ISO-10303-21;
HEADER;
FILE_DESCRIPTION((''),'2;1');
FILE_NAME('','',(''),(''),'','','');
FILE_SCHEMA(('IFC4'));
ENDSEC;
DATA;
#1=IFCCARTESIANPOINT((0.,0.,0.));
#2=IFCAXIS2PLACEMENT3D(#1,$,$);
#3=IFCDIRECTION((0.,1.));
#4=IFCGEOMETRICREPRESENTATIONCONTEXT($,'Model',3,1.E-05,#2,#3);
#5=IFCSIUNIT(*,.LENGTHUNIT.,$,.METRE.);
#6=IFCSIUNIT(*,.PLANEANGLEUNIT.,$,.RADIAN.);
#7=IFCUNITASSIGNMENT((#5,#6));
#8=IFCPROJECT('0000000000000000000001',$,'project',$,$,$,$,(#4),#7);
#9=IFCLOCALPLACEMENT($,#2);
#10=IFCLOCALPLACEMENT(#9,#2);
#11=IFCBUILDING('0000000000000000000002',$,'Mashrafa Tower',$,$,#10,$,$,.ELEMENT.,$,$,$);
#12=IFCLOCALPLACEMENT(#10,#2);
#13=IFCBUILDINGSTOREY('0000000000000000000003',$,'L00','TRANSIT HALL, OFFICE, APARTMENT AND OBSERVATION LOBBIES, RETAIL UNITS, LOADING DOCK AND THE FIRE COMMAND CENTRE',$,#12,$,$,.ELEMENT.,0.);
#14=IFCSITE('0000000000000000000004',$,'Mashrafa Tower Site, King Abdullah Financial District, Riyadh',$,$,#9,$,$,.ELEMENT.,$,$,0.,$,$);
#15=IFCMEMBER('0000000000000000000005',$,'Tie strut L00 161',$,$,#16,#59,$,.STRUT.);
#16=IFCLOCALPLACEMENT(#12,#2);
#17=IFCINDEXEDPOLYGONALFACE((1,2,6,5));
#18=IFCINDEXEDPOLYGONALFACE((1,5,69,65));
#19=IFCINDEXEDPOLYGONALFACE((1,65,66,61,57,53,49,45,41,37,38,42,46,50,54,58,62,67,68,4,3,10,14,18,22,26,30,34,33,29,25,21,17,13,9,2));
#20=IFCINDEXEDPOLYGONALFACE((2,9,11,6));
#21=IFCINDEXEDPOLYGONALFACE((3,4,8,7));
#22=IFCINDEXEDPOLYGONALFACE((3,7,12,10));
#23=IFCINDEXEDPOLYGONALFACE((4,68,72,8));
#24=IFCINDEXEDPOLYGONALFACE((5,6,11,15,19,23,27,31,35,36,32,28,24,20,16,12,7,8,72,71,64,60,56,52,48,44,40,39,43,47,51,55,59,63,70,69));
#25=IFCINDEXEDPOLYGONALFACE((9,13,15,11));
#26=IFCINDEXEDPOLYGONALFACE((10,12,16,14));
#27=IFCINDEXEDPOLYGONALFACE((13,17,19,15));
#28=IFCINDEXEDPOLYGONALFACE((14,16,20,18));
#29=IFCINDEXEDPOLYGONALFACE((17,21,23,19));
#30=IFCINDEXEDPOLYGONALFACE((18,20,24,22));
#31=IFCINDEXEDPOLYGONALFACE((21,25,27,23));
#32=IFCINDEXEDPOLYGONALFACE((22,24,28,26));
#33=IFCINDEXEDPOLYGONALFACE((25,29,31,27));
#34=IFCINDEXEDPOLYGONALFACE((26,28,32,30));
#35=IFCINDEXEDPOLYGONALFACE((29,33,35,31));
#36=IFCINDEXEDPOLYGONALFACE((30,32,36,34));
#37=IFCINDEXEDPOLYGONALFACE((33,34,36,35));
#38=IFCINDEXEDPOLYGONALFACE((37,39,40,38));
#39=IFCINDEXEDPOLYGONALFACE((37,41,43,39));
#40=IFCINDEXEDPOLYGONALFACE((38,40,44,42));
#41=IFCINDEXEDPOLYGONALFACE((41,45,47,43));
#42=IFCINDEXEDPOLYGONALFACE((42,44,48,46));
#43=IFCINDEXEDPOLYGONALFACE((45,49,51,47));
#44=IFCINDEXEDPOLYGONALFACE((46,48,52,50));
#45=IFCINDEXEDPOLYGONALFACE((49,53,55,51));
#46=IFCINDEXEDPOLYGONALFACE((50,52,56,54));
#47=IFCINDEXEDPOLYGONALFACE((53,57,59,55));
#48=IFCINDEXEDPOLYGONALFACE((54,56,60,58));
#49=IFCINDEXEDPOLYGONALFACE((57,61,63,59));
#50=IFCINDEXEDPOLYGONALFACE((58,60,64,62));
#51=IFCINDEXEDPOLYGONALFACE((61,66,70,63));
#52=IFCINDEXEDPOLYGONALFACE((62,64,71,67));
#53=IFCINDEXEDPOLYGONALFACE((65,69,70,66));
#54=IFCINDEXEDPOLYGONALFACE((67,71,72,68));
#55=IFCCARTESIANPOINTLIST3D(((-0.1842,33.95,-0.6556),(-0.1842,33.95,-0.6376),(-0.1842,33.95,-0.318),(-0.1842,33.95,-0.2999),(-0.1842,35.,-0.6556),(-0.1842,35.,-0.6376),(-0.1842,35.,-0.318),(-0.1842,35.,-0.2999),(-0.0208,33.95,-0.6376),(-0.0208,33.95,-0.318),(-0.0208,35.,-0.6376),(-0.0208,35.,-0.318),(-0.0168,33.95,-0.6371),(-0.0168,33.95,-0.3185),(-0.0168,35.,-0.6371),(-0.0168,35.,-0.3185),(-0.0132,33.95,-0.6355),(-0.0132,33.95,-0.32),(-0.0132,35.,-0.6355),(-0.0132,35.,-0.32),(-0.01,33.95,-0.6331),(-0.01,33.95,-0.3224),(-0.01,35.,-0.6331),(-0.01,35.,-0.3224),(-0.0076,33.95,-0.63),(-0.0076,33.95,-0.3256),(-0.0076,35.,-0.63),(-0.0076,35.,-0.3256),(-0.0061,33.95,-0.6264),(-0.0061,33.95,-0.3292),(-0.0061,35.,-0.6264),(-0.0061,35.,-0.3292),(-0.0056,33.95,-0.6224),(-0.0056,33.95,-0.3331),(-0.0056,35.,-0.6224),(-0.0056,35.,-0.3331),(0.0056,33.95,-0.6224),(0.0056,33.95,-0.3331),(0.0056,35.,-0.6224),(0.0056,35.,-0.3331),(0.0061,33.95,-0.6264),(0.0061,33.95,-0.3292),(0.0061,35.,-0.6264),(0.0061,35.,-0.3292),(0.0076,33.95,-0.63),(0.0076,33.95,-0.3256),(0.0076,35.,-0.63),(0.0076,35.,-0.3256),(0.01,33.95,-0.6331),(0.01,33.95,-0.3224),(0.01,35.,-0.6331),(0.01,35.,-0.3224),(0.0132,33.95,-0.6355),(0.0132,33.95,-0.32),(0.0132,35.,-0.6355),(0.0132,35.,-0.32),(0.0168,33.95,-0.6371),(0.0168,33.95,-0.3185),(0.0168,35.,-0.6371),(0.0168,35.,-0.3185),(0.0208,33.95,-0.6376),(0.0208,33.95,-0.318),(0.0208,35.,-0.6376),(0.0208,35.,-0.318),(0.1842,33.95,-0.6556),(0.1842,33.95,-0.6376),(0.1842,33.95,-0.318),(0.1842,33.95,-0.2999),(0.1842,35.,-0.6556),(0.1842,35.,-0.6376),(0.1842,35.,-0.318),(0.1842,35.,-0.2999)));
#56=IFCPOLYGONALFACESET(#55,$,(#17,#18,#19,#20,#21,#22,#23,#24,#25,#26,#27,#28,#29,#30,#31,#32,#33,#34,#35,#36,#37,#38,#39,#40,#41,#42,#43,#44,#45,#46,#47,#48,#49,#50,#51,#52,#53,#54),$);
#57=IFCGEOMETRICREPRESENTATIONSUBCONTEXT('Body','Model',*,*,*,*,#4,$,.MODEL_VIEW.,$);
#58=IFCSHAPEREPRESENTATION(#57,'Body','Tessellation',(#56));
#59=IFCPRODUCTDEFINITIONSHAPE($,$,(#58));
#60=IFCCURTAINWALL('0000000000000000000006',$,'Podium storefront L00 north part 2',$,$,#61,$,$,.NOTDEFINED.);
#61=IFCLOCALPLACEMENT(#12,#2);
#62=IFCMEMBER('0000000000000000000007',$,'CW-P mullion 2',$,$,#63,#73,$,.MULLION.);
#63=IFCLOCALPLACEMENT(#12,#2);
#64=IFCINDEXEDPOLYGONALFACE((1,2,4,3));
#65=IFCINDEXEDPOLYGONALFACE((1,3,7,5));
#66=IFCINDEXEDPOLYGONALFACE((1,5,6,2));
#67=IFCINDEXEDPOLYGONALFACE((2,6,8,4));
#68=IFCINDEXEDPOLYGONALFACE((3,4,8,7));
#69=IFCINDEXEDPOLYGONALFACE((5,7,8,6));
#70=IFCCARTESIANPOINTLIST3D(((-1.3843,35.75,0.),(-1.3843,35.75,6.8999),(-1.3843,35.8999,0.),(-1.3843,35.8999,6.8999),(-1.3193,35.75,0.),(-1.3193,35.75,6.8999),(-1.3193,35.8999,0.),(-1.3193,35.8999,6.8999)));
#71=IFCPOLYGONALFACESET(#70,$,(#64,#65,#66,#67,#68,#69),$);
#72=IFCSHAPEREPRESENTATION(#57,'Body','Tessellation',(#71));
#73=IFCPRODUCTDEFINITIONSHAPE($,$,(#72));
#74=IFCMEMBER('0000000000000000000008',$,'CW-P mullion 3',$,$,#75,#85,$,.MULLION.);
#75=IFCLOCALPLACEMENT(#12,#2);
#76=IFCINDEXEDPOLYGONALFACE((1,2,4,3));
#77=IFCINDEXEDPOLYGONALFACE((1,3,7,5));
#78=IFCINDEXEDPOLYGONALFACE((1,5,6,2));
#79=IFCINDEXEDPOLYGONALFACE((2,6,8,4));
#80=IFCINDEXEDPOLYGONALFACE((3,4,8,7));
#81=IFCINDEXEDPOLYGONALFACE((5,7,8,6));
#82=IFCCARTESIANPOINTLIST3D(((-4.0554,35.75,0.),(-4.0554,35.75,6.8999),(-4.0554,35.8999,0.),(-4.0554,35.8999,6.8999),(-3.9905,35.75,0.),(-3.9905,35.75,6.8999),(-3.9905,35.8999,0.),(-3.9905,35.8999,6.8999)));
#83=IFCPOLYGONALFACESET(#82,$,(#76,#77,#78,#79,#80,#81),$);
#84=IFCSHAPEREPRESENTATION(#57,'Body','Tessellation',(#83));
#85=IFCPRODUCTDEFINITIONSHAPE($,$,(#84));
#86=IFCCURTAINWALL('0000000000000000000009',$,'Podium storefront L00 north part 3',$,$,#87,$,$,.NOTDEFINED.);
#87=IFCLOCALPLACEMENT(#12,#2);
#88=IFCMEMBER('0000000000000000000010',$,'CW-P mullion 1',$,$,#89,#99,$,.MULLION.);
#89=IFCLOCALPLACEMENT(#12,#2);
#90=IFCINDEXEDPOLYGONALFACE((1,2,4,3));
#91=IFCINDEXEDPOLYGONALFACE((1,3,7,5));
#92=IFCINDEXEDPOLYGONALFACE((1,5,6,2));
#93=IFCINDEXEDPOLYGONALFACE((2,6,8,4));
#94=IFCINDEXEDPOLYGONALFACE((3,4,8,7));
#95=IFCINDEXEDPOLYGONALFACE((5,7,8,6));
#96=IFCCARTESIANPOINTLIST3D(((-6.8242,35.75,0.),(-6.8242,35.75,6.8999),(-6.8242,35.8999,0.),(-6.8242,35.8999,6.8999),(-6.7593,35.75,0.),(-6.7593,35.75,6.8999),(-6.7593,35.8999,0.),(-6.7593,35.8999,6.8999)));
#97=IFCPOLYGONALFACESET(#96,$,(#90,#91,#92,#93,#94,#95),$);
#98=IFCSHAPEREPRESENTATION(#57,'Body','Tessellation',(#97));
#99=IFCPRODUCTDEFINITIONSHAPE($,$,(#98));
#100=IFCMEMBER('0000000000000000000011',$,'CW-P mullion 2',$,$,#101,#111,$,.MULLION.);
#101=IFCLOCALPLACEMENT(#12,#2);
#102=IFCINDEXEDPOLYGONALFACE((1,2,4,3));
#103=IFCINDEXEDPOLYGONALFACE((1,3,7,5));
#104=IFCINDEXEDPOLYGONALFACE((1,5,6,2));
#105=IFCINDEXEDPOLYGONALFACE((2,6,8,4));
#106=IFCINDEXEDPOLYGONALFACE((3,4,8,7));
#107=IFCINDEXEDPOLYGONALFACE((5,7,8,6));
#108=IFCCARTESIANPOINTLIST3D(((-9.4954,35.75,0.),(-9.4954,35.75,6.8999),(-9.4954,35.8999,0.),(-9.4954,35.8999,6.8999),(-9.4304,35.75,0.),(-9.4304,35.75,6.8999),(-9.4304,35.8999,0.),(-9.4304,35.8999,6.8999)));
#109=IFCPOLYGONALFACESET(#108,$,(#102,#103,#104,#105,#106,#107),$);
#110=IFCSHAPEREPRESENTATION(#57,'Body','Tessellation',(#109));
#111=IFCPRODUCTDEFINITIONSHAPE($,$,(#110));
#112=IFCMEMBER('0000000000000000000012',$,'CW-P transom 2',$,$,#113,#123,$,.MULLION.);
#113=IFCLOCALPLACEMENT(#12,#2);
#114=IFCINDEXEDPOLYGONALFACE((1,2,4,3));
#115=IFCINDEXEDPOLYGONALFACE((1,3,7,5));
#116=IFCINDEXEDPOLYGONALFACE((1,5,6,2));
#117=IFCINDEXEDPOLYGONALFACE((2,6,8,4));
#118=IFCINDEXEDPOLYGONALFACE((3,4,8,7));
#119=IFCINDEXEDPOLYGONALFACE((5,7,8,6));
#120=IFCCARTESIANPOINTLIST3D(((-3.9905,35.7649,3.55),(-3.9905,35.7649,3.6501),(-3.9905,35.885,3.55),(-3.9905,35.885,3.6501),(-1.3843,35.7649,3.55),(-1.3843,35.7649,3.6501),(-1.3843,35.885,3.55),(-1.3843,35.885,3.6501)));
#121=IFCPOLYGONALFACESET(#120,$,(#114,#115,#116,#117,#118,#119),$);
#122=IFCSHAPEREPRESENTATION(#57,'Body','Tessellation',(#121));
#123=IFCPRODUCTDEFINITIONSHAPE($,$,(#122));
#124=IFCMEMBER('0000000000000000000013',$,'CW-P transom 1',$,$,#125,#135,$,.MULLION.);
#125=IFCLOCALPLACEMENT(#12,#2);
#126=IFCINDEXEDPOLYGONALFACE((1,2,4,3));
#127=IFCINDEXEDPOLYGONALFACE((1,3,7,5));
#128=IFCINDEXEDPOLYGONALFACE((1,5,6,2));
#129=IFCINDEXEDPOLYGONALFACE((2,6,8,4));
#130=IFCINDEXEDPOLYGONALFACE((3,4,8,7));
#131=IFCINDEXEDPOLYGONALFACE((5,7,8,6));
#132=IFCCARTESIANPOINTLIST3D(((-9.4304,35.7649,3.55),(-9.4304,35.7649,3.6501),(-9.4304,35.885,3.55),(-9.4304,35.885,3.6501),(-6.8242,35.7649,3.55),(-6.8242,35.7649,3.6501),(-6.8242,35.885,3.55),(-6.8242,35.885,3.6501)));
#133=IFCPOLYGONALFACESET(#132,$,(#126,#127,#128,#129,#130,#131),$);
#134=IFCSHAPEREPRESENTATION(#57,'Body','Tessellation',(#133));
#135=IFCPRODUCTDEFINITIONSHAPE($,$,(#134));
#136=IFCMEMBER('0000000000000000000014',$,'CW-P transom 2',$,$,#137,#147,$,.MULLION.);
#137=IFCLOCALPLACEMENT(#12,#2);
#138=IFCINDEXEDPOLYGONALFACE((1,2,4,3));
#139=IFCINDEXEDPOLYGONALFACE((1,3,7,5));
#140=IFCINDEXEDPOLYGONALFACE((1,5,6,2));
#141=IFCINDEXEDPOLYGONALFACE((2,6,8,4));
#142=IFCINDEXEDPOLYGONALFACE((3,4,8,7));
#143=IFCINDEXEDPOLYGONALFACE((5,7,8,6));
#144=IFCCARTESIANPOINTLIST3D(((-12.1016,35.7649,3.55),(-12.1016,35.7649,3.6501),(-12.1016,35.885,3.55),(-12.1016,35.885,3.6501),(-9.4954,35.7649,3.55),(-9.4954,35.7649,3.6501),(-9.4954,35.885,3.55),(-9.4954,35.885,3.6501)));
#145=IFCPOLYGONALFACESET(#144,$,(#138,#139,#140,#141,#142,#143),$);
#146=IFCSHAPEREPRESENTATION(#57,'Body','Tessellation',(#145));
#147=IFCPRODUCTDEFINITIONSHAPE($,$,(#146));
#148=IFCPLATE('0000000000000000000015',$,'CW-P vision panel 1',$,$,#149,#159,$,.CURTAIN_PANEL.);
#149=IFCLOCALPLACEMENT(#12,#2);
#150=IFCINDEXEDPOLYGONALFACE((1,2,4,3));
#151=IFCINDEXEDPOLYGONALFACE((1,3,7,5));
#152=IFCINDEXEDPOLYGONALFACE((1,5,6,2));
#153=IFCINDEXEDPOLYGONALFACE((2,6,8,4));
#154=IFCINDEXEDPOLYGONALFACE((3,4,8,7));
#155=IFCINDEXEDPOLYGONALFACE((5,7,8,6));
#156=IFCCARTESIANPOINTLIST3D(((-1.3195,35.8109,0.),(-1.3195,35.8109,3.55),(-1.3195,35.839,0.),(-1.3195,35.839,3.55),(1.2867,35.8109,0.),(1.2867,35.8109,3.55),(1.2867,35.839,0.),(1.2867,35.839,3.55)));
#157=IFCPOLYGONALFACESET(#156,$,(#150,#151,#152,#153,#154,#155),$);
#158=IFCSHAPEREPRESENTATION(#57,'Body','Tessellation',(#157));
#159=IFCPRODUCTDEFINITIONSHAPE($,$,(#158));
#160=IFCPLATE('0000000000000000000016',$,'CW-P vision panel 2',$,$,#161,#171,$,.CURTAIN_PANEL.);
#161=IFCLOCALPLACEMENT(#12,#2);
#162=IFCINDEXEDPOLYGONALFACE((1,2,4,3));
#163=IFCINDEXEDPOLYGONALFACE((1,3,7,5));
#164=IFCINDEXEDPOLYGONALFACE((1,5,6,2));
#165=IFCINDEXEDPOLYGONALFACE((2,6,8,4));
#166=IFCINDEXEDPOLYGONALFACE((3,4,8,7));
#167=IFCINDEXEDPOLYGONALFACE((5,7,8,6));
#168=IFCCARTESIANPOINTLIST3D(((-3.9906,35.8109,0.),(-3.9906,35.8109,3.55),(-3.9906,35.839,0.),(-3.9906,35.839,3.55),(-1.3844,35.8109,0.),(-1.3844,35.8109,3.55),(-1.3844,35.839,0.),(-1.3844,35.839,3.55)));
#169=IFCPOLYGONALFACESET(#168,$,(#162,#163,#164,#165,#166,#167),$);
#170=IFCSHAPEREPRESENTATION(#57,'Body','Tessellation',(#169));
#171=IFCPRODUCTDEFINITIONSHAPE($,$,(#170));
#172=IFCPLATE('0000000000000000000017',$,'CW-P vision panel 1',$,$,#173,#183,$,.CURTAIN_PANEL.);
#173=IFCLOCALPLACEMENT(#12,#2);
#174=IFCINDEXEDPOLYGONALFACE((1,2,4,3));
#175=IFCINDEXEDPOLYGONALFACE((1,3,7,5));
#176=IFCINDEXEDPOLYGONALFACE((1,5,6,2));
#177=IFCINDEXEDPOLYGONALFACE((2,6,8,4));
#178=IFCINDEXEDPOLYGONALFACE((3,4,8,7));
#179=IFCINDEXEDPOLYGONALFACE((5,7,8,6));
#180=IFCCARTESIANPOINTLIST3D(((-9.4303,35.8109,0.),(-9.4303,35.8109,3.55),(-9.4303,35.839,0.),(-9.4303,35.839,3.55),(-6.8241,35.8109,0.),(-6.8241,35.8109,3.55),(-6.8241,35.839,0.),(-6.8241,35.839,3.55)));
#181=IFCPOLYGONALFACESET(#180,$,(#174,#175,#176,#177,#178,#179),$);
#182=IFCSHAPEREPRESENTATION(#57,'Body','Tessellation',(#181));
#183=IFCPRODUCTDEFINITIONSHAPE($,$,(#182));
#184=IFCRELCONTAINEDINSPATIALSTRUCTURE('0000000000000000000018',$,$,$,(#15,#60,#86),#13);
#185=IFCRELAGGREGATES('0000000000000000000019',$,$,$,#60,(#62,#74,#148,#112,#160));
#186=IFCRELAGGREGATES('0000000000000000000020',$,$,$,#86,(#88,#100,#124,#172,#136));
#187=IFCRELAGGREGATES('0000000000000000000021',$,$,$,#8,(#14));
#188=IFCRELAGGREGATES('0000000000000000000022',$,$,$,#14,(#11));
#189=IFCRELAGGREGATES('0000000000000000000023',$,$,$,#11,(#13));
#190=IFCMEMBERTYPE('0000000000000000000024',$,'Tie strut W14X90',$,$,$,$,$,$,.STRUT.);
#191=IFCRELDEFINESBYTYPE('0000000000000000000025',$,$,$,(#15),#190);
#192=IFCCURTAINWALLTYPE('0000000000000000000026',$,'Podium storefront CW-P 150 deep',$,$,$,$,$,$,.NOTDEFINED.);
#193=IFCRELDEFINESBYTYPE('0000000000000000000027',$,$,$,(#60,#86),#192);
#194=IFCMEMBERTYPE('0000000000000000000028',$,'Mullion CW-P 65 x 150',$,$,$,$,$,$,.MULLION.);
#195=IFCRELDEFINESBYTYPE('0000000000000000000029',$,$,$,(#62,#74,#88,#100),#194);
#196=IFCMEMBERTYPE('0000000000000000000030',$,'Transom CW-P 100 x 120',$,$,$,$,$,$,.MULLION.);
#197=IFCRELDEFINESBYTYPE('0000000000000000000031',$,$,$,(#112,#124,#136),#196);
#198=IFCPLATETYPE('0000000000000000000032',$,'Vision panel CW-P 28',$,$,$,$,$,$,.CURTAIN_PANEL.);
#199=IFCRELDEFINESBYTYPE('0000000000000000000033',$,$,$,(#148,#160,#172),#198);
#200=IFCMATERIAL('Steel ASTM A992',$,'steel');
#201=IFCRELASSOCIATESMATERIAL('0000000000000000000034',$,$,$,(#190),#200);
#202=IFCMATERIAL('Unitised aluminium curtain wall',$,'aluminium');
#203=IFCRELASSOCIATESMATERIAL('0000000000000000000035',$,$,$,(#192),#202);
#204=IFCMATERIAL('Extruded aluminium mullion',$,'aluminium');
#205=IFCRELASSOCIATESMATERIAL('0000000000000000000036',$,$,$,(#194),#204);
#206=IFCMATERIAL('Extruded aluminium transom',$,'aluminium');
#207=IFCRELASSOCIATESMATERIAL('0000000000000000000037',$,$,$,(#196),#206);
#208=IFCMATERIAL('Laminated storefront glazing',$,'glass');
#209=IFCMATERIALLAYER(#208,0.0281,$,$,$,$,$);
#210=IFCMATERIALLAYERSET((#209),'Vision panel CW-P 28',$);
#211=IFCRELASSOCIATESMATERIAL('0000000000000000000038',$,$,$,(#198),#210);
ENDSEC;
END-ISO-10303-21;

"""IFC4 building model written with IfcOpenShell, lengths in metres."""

from ifc_helpers import new_model, si_unit, direction, frame, origin, origin_2d, place, context, subcontext, project, spatial, rectangle, i_section, extrude, source, transform, mapped, material, layer, layer_set, material_profile, profile_set, type_object, type_shapes, element, aggregate, save


model = new_model("IFC4")

# Units and contexts
model_context = context("Model", 3, precision=1e-05, world=origin(), true_north=direction((0.0, 1.0)))
body_context = subcontext(model_context, "Body", "Model", "MODEL_VIEW")
ifc_project = project(units=[si_unit("LENGTHUNIT", "METRE"), si_unit("PLANEANGLEUNIT", "RADIAN")], contexts=[model_context])

# Site, building, storey
site_placement = place(None, origin())
site = spatial("IfcSite", under=ifc_project, at=site_placement, Name="Mashrafa Tower Site, King Abdullah Financial District, Riyadh", CompositionType="ELEMENT", RefElevation=0.0)
building_placement = place(site_placement, origin())
building = spatial("IfcBuilding", under=site, at=building_placement, Name="Mashrafa Tower", CompositionType="ELEMENT")
storey_placement = place(building_placement, origin())
storey = spatial("IfcBuildingStorey", under=building, at=storey_placement, Name="L00", Description="TRANSIT HALL, OFFICE, APARTMENT AND OBSERVATION LOBBIES, RETAIL UNITS, LOADING DOCK AND THE FIRE COMMAND CENTRE", CompositionType="ELEMENT", Elevation=0.0)

# Member
ifc_material_1 = material(Name="Steel ASTM A992", Category="steel")
ifc_material_profile_1 = material_profile(ifc_material_1, i_section(OverallWidth=0.3684, OverallDepth=0.3557, WebThickness=0.0112, FlangeThickness=0.0181, FilletRadius=0.0151, at=origin_2d()), Name="W14X90")
ifc_profile_set_1 = profile_set([ifc_material_profile_1], Name="Steel ASTM A992")
member_type_1 = type_object("IfcMemberType", Name="Tie strut W14X90", PredefinedType="STRUT", material=ifc_profile_set_1)
shared_shape_1 = source(origin(), body_context, "Body", "SweptSolid", [
    extrude(i_section(OverallWidth=0.3684, OverallDepth=0.3557, WebThickness=0.0112, FlangeThickness=0.0181, FilletRadius=0.0151, at=origin_2d()), origin(), (0.0, 0.0, 1.0), 1.05),
])
type_shapes(member_type_1, [shared_shape_1])
member_1_placement = place(storey_placement, frame((0.0, 33.95, -0.4778), z_axis=(0.0, 1.0, 0.0), x_axis=(-1.0, 0.0, 0.0)))
element("IfcMember", 1, at=member_1_placement, inside=storey, type_object=member_type_1, Name="Tie strut L00 161", PredefinedType="STRUT", context=body_context, shape_type="MappedRepresentation", body=[
    mapped(shared_shape_1, transform((0.0, 0.0, 0.0))),
])

# Curtain walls, members
ifc_material_2 = material(Name="Unitised aluminium curtain wall", Category="aluminium")
curtain_wall_type = type_object("IfcCurtainWallType", Name="Podium storefront CW-P 150 deep", PredefinedType="NOTDEFINED", material=ifc_material_2)
curtain_wall_1_placement = place(storey_placement, origin())
curtain_wall_1 = element("IfcCurtainWall", 2, at=curtain_wall_1_placement, inside=storey, type_object=curtain_wall_type, Name="Podium storefront L00 north part 2", PredefinedType="NOTDEFINED")
ifc_material_3 = material(Name="Extruded aluminium mullion", Category="aluminium")
ifc_material_profile_2 = material_profile(ifc_material_3, rectangle(XDim=0.1499, YDim=0.0649, at=origin_2d()), Name="Mullion 65x150")
ifc_profile_set_2 = profile_set([ifc_material_profile_2], Name="Extruded aluminium mullion")
member_type_2 = type_object("IfcMemberType", Name="Mullion CW-P 65 x 150", PredefinedType="MULLION", material=ifc_profile_set_2)
shared_shape_2 = source(origin(), body_context, "Body", "SweptSolid", [
    extrude(rectangle(XDim=0.1499, YDim=0.0649, at=origin_2d()), origin(), (0.0, 0.0, 1.0), 6.8999),
])
type_shapes(member_type_2, [shared_shape_2])
member_2_placement = place(storey_placement, frame((-1.3518, 35.825, 0.0), z_axis=(0.0, 0.0, 1.0), x_axis=(0.0, -1.0, 0.0)))
member_2 = element("IfcMember", 3, at=member_2_placement, type_object=member_type_2, Name="CW-P mullion 2", PredefinedType="MULLION", context=body_context, shape_type="MappedRepresentation", body=[
    mapped(shared_shape_2, transform((0.0, 0.0, 0.0))),
])
member_3_placement = place(storey_placement, frame((-4.0229, 35.825, 0.0), z_axis=(0.0, 0.0, 1.0), x_axis=(0.0, -1.0, 0.0)))
member_3 = element("IfcMember", 4, at=member_3_placement, type_object=member_type_2, Name="CW-P mullion 3", PredefinedType="MULLION", context=body_context, shape_type="MappedRepresentation", body=[
    mapped(shared_shape_2, transform((0.0, 0.0, 0.0))),
])
curtain_wall_2_placement = place(storey_placement, origin())
curtain_wall_2 = element("IfcCurtainWall", 5, at=curtain_wall_2_placement, inside=storey, type_object=curtain_wall_type, Name="Podium storefront L00 north part 3", PredefinedType="NOTDEFINED")
member_4_placement = place(storey_placement, frame((-6.7917, 35.825, 0.0), z_axis=(0.0, 0.0, 1.0), x_axis=(0.0, -1.0, 0.0)))
member_4 = element("IfcMember", 6, at=member_4_placement, type_object=member_type_2, Name="CW-P mullion 1", PredefinedType="MULLION", context=body_context, shape_type="MappedRepresentation", body=[
    mapped(shared_shape_2, transform((0.0, 0.0, 0.0))),
])
member_5_placement = place(storey_placement, frame((-9.4629, 35.825, 0.0), z_axis=(0.0, 0.0, 1.0), x_axis=(0.0, -1.0, 0.0)))
member_5 = element("IfcMember", 7, at=member_5_placement, type_object=member_type_2, Name="CW-P mullion 2", PredefinedType="MULLION", context=body_context, shape_type="MappedRepresentation", body=[
    mapped(shared_shape_2, transform((0.0, 0.0, 0.0))),
])

# Members
ifc_material_4 = material(Name="Extruded aluminium transom", Category="aluminium")
ifc_material_profile_3 = material_profile(ifc_material_4, rectangle(XDim=0.1201, YDim=0.1001, at=origin_2d()), Name="Transom 100x120")
ifc_profile_set_3 = profile_set([ifc_material_profile_3], Name="Extruded aluminium transom")
member_type_3 = type_object("IfcMemberType", Name="Transom CW-P 100 x 120", PredefinedType="MULLION", material=ifc_profile_set_3)
shared_shape_3 = source(origin(), body_context, "Body", "SweptSolid", [
    extrude(rectangle(XDim=0.1201, YDim=0.1001, at=origin_2d()), origin(), (0.0, 0.0, 1.0), 2.6062),
])
type_shapes(member_type_3, [shared_shape_3])
member_6_placement = place(storey_placement, frame((-1.3843, 35.825, 3.6001), z_axis=(-1.0, 0.0, 0.0), x_axis=(0.0, -1.0, 0.0)))
member_6 = element("IfcMember", 8, at=member_6_placement, type_object=member_type_3, Name="CW-P transom 2", PredefinedType="MULLION", context=body_context, shape_type="MappedRepresentation", body=[
    mapped(shared_shape_3, transform((0.0, 0.0, 0.0))),
])
member_7_placement = place(storey_placement, frame((-6.8242, 35.825, 3.6001), z_axis=(-1.0, 0.0, 0.0), x_axis=(0.0, -1.0, 0.0)))
member_7 = element("IfcMember", 9, at=member_7_placement, type_object=member_type_3, Name="CW-P transom 1", PredefinedType="MULLION", context=body_context, shape_type="MappedRepresentation", body=[
    mapped(shared_shape_3, transform((0.0, 0.0, 0.0))),
])
member_8_placement = place(storey_placement, frame((-9.4954, 35.825, 3.6001), z_axis=(-1.0, 0.0, 0.0), x_axis=(0.0, -1.0, 0.0)))
member_8 = element("IfcMember", 10, at=member_8_placement, type_object=member_type_3, Name="CW-P transom 2", PredefinedType="MULLION", context=body_context, shape_type="MappedRepresentation", body=[
    mapped(shared_shape_3, transform((0.0, 0.0, 0.0))),
])

# Plates
ifc_material_5 = material(Name="Laminated storefront glazing", Category="glass")
ifc_layer_1 = layer(ifc_material_5, 0.0281)
ifc_layer_set_1 = layer_set([ifc_layer_1], Name="Vision panel CW-P 28")
plate_type_1 = type_object("IfcPlateType", Name="Vision panel CW-P 28", PredefinedType="CURTAIN_PANEL", material=ifc_layer_set_1)
shared_shape_4 = source(origin(), body_context, "Body", "SweptSolid", [
    extrude(rectangle(XDim=2.6062, YDim=0.0281, at=origin_2d()), origin(), (0.0, 0.0, 1.0), 3.55),
])
type_shapes(plate_type_1, [shared_shape_4])
plate_1_placement = place(storey_placement, frame((-0.0164, 35.825, 0.0), z_axis=(0.0, 0.0, 1.0), x_axis=(-1.0, 0.0, 0.0)))
plate_1 = element("IfcPlate", 11, at=plate_1_placement, type_object=plate_type_1, Name="CW-P vision panel 1", PredefinedType="CURTAIN_PANEL", context=body_context, shape_type="MappedRepresentation", body=[
    mapped(shared_shape_4, transform((0.0, 0.0, 0.0))),
])
plate_2_placement = place(storey_placement, frame((-2.6875, 35.825, 0.0), z_axis=(0.0, 0.0, 1.0), x_axis=(-1.0, 0.0, 0.0)))
plate_2 = element("IfcPlate", 12, at=plate_2_placement, type_object=plate_type_1, Name="CW-P vision panel 2", PredefinedType="CURTAIN_PANEL", context=body_context, shape_type="MappedRepresentation", body=[
    mapped(shared_shape_4, transform((0.0, 0.0, 0.0))),
])
plate_3_placement = place(storey_placement, frame((-8.1272, 35.825, 0.0), z_axis=(0.0, 0.0, 1.0), x_axis=(-1.0, 0.0, 0.0)))
plate_3 = element("IfcPlate", 13, at=plate_3_placement, type_object=plate_type_1, Name="CW-P vision panel 1", PredefinedType="CURTAIN_PANEL", context=body_context, shape_type="MappedRepresentation", body=[
    mapped(shared_shape_4, transform((0.0, 0.0, 0.0))),
])
aggregate(curtain_wall_1, [member_2, member_3, plate_1, member_6, plate_2])
aggregate(curtain_wall_2, [member_4, member_5, member_7, plate_3, member_8])

save(model, "model.ifc")
